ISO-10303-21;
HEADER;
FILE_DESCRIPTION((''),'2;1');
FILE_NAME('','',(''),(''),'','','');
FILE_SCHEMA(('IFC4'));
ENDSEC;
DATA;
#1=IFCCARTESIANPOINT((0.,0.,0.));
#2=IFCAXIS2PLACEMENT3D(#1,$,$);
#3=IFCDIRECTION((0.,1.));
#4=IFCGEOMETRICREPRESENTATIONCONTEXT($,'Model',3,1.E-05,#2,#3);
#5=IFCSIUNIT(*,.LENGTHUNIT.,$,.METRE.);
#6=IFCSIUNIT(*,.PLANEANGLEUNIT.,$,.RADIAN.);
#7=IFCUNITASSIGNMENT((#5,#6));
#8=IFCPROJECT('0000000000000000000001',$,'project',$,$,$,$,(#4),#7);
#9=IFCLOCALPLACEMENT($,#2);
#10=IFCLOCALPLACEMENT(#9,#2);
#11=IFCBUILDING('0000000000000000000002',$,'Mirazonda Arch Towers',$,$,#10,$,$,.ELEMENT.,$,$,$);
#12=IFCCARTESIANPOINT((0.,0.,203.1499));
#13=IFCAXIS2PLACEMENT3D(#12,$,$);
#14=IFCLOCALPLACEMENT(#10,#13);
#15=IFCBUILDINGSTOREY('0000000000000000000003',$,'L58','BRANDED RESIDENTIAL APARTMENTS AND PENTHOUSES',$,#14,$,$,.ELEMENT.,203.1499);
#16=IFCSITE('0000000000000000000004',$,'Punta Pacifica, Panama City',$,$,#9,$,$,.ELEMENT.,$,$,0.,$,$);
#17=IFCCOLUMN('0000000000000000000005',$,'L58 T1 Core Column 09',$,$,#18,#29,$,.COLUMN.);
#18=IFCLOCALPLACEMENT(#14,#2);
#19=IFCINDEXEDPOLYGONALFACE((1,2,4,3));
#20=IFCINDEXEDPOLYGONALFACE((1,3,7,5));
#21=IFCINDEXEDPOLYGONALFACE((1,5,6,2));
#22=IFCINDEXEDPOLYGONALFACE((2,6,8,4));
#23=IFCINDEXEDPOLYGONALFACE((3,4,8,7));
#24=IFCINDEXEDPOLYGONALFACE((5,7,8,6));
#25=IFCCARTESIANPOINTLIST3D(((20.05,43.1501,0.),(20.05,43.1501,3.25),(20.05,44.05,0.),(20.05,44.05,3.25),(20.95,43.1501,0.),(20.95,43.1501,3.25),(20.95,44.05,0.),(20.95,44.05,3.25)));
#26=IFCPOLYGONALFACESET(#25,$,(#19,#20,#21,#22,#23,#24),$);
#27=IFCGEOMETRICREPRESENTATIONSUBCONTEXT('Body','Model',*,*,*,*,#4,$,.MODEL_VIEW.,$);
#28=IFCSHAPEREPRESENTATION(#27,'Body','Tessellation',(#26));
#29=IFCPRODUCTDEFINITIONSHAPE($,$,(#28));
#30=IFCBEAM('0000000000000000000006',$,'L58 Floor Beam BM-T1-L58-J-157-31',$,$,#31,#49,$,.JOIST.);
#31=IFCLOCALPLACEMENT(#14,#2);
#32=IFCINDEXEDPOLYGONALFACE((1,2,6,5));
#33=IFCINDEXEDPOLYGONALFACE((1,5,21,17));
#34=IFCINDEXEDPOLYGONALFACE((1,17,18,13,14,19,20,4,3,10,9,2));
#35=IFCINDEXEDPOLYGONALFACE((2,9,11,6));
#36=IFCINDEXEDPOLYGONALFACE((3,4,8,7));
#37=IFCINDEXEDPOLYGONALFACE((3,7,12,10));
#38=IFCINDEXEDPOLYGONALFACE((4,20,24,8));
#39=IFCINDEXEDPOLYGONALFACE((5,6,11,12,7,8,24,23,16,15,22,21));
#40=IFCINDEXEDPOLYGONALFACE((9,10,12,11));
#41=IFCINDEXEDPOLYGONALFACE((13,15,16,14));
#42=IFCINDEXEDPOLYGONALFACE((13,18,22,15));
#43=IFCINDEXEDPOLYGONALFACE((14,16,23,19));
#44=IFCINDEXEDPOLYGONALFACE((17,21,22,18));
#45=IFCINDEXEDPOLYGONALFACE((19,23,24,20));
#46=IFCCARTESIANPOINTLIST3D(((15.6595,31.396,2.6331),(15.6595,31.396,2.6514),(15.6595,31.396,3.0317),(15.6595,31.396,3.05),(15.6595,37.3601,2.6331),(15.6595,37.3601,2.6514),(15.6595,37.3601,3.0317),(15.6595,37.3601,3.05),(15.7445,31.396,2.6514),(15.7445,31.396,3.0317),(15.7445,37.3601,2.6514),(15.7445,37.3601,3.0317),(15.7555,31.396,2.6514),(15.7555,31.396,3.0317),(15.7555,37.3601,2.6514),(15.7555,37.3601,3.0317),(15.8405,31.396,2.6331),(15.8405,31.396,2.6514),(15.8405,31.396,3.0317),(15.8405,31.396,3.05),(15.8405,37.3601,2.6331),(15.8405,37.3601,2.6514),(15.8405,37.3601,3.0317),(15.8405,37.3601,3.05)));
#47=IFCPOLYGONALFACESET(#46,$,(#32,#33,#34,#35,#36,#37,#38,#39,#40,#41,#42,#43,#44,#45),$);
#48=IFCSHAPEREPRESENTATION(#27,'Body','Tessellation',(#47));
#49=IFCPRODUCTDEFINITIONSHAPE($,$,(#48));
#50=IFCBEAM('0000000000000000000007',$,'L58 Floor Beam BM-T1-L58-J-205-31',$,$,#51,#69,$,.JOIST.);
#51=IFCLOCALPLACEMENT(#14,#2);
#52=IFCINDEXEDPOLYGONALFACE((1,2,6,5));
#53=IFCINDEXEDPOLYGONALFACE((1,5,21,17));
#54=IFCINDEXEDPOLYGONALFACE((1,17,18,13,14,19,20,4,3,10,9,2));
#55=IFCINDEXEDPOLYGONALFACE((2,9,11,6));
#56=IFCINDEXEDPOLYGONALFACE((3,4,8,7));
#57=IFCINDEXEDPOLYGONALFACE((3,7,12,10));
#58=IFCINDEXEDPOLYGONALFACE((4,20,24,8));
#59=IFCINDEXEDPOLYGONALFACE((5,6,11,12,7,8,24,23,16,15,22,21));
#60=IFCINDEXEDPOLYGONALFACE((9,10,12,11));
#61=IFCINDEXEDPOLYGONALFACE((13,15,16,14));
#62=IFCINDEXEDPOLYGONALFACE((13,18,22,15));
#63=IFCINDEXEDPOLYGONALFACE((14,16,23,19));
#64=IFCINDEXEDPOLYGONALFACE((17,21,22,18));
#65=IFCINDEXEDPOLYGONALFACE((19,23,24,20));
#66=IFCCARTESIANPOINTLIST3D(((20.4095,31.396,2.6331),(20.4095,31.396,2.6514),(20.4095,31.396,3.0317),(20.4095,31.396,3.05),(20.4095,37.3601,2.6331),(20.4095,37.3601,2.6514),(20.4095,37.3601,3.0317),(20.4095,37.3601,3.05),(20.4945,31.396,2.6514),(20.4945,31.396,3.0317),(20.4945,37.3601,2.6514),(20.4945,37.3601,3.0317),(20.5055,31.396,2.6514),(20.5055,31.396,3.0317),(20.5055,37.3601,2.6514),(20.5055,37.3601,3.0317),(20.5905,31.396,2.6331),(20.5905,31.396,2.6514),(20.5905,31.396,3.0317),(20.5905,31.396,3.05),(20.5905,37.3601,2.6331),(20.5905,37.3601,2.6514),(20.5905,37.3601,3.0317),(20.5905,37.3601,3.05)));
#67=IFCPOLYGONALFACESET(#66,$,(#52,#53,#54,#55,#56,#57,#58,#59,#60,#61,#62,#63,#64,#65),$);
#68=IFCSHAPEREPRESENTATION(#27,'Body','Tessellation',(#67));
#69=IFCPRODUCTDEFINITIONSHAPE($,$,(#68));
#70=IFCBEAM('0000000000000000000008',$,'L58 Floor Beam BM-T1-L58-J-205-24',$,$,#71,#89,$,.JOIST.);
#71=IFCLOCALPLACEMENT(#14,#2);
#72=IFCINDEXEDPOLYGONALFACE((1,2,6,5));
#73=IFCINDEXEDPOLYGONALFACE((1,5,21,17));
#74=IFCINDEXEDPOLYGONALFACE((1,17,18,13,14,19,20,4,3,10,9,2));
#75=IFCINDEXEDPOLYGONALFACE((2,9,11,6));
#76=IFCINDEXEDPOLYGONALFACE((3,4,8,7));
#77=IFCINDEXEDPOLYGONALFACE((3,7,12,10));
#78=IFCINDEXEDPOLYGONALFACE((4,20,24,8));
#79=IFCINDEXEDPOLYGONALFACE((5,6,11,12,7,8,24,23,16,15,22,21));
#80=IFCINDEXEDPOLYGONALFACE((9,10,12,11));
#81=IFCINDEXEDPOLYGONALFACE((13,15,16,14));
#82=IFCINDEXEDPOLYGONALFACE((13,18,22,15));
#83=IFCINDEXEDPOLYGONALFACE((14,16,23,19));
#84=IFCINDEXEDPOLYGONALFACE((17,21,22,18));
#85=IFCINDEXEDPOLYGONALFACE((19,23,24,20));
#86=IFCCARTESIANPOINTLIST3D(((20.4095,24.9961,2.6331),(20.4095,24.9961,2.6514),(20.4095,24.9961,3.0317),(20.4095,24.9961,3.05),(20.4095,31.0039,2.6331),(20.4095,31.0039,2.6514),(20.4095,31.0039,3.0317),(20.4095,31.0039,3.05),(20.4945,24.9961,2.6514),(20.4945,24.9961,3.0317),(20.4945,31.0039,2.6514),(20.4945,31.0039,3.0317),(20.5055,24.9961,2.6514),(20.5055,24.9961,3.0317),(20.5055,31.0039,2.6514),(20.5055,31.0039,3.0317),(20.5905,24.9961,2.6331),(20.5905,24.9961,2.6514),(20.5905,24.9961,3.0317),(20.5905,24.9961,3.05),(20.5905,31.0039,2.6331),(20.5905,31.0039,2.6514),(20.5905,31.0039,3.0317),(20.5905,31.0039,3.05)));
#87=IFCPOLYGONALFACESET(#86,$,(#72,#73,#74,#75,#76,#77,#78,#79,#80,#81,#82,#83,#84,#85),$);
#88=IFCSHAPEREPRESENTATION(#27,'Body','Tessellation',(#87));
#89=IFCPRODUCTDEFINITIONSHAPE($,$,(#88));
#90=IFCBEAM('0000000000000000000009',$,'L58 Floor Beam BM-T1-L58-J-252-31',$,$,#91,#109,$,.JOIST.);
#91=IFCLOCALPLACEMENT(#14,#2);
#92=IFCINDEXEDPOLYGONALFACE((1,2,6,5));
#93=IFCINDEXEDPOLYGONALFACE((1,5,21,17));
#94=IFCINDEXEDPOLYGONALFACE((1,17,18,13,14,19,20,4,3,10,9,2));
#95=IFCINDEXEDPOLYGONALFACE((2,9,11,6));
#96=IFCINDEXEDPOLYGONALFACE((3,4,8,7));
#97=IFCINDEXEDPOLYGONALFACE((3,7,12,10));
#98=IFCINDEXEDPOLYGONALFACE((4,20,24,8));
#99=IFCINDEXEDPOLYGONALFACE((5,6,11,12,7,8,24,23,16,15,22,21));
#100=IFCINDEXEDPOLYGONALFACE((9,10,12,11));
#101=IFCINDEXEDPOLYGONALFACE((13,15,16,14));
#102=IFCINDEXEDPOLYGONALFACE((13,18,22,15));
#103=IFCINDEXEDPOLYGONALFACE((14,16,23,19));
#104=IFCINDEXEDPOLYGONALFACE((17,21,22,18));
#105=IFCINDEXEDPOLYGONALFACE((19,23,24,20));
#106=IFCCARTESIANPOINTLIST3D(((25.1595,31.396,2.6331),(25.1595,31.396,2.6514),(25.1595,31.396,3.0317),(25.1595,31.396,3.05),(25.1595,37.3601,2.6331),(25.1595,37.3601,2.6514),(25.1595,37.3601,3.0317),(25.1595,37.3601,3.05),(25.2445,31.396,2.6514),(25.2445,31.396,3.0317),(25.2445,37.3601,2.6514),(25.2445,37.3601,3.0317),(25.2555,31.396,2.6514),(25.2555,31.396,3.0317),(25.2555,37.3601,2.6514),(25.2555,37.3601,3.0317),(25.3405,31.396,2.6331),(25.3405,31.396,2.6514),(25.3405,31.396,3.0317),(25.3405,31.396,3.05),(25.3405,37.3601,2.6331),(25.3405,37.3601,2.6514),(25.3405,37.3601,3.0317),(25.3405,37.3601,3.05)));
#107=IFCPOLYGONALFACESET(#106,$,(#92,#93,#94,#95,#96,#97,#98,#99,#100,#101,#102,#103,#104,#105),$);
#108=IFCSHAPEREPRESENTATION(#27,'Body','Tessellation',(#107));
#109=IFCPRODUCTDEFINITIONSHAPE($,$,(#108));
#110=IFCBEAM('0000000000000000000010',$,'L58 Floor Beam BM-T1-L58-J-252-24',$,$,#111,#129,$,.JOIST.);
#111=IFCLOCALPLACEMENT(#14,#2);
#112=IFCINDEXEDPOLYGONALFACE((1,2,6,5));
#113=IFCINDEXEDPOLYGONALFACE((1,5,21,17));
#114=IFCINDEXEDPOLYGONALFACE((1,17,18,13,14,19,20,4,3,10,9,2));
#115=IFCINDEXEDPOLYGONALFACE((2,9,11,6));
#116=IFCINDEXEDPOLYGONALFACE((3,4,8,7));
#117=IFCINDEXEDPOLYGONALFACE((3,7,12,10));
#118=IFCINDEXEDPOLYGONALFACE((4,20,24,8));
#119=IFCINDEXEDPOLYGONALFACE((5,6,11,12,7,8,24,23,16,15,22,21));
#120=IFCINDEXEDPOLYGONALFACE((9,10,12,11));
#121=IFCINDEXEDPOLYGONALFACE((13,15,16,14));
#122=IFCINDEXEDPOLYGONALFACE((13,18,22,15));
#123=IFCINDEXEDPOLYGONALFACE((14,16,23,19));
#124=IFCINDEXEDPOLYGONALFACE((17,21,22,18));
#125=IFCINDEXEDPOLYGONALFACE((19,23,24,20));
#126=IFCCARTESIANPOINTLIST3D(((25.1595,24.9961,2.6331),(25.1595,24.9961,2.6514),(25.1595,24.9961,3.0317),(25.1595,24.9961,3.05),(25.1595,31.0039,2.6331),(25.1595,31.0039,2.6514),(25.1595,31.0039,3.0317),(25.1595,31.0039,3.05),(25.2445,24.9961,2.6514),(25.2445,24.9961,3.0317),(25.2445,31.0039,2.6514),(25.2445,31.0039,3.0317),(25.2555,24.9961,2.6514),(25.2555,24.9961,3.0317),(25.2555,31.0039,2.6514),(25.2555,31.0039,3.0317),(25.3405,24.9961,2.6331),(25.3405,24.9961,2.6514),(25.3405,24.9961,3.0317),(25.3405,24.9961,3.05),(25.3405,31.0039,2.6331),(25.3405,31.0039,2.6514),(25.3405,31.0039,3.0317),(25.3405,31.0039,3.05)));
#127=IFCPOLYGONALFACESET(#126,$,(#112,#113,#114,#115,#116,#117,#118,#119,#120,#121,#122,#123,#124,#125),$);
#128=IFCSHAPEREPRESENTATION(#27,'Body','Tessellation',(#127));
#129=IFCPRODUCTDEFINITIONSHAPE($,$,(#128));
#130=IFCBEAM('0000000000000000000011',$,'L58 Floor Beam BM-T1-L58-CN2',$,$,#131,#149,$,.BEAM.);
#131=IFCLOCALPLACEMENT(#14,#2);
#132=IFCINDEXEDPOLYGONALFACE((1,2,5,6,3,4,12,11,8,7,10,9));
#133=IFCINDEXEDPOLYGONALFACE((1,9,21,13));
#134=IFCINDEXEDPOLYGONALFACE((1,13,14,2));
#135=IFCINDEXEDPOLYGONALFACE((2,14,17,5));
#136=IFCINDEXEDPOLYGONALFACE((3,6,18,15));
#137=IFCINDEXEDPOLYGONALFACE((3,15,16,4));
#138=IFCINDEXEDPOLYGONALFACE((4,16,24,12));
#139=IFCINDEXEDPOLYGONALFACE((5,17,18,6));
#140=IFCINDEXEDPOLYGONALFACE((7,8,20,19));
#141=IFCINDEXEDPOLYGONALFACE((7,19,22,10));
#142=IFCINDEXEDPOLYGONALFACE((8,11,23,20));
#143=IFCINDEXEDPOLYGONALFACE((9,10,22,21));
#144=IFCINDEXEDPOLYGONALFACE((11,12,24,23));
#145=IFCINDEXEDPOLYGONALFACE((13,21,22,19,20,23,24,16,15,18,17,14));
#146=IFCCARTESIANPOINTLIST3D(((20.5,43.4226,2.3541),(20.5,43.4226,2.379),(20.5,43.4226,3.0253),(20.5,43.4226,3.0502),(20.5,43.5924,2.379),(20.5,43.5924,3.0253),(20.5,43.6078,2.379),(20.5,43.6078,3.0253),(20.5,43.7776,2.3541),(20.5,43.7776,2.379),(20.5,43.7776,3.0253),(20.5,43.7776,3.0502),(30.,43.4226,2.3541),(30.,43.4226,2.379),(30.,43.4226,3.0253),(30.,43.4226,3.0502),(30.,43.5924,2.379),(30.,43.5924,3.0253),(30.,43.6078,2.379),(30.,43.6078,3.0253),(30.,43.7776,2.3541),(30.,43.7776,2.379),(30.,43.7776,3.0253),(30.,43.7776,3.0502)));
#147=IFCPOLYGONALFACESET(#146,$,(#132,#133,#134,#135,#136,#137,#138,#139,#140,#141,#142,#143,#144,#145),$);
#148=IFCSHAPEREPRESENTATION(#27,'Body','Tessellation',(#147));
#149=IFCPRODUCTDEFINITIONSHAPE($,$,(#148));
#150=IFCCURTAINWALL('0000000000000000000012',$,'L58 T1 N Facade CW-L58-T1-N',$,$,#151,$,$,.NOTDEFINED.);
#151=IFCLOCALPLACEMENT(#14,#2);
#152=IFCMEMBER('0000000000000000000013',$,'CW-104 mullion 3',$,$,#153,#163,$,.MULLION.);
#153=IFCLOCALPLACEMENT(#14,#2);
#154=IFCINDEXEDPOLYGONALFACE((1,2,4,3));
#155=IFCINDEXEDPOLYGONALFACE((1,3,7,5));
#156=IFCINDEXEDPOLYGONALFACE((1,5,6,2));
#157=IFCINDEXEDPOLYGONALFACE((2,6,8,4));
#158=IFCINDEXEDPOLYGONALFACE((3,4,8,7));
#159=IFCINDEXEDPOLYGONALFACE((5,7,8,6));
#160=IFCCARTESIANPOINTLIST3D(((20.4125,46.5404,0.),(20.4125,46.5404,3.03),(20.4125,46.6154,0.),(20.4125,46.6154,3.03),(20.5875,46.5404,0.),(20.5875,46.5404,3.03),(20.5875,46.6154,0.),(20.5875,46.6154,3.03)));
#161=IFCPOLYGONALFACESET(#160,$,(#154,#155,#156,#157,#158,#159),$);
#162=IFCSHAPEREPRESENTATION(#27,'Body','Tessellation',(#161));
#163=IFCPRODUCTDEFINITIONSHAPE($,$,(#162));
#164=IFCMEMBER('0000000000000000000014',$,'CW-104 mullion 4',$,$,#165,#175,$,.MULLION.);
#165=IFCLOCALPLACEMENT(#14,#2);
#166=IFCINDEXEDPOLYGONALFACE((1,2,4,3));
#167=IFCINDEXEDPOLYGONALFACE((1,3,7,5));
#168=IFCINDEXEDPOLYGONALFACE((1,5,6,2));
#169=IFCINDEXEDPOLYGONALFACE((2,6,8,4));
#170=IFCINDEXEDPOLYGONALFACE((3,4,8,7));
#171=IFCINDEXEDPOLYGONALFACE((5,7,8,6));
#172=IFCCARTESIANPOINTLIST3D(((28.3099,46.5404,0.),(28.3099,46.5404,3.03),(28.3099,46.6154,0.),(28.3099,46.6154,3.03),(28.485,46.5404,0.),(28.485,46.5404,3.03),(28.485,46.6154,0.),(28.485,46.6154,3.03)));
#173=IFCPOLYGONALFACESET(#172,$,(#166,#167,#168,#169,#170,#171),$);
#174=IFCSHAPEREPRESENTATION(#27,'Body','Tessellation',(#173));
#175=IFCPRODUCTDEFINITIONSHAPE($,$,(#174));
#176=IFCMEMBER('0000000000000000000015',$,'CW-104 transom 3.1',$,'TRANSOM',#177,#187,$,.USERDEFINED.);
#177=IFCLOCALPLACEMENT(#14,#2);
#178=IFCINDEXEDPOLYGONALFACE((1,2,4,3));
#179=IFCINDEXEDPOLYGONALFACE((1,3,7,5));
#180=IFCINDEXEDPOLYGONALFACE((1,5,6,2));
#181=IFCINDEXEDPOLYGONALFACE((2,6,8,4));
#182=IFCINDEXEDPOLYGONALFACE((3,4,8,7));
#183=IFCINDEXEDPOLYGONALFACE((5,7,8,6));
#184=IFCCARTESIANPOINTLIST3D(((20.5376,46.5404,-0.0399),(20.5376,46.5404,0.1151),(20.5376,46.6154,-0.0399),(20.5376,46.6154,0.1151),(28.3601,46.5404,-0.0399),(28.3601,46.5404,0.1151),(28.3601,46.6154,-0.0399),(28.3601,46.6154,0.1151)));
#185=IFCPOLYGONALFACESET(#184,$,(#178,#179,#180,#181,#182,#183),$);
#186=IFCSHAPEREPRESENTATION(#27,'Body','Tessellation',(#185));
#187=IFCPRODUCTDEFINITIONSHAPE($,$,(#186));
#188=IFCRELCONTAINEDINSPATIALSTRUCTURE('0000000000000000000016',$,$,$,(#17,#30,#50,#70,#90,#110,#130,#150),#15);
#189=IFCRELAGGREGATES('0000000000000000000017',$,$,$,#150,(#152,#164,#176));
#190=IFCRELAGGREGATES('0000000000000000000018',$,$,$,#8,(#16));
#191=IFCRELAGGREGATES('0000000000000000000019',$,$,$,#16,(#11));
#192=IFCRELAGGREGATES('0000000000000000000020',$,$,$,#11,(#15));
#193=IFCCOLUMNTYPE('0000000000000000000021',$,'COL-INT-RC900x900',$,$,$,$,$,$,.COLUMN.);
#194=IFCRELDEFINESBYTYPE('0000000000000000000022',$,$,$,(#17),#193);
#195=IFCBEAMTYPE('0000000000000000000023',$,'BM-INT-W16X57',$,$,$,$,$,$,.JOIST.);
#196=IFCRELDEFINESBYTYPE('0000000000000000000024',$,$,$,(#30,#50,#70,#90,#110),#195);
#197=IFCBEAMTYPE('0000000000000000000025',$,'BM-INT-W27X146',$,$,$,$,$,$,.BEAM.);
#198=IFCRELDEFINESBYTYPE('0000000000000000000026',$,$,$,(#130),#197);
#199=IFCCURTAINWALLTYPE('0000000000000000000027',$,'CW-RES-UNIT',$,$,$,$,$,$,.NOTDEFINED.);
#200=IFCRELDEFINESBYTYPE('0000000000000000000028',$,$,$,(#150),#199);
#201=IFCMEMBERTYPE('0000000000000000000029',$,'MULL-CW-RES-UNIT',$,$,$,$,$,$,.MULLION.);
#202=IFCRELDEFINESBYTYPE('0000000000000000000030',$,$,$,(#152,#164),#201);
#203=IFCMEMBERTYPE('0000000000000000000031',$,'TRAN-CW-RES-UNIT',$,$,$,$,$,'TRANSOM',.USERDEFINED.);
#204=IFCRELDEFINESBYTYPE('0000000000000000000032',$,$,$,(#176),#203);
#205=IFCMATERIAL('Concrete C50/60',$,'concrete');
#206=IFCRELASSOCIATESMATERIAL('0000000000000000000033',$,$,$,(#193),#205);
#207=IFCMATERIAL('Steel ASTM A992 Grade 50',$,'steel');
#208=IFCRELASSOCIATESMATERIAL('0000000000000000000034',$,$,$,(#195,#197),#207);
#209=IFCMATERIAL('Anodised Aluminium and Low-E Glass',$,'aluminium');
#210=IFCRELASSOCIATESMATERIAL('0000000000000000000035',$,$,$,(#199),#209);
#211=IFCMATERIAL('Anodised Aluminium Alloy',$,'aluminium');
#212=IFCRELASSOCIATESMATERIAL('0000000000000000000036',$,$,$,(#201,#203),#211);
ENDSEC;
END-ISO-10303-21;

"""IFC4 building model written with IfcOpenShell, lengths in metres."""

from ifc_helpers import new_model, si_unit, direction, frame, origin, origin_2d, place, context, subcontext, project, spatial, rectangle, i_section, extrude, material, material_profile, profile_set, type_object, element, aggregate, save


model = new_model("IFC4")

# Units and contexts
model_context = context("Model", 3, precision=1e-05, world=origin(), true_north=direction((0.0, 1.0)))
body_context = subcontext(model_context, "Body", "Model", "MODEL_VIEW")
ifc_project = project(units=[si_unit("LENGTHUNIT", "METRE"), si_unit("PLANEANGLEUNIT", "RADIAN")], contexts=[model_context])

# Site, building, storey
site_placement = place(None, origin())
site = spatial("IfcSite", under=ifc_project, at=site_placement, Name="Punta Pacifica, Panama City", CompositionType="ELEMENT", RefElevation=0.0)
building_placement = place(site_placement, origin())
building = spatial("IfcBuilding", under=site, at=building_placement, Name="Mirazonda Arch Towers", CompositionType="ELEMENT")
storey_placement = place(building_placement, frame((0.0, 0.0, 203.1499)))
storey = spatial("IfcBuildingStorey", under=building, at=storey_placement, Name="L58", Description="BRANDED RESIDENTIAL APARTMENTS AND PENTHOUSES", CompositionType="ELEMENT", Elevation=203.1499)

# Column
ifc_material_1 = material(Name="Concrete C50/60", Category="concrete")
ifc_material_profile_1 = material_profile(ifc_material_1, rectangle(XDim=0.8999, YDim=0.8999, at=origin_2d()), Name="RC900x900")
ifc_profile_set_1 = profile_set([ifc_material_profile_1], Name="Concrete C50/60")
column_type = type_object("IfcColumnType", Name="COL-INT-RC900x900", PredefinedType="COLUMN", material=ifc_profile_set_1)
column_placement = place(storey_placement, frame((20.5, 43.6001, 0.0), z_axis=(0.0, 0.0, 1.0), x_axis=(1.0, 0.0, 0.0)))
element("IfcColumn", 1, at=column_placement, inside=storey, type_object=column_type, Name="L58 T1 Core Column 09", PredefinedType="COLUMN", context=body_context, shape_type="SweptSolid", body=[
    extrude(rectangle(XDim=0.8999, YDim=0.8999, at=origin_2d()), origin(), (0.0, 0.0, 1.0), 3.25),
])

# Beams
ifc_material_2 = material(Name="Steel ASTM A992 Grade 50", Category="steel")
ifc_material_profile_2 = material_profile(ifc_material_2, i_section(OverallWidth=0.1809, OverallDepth=0.417, WebThickness=0.011, FlangeThickness=0.0183, at=origin_2d()), Name="W16X57")
ifc_profile_set_2 = profile_set([ifc_material_profile_2], Name="Steel ASTM A992 Grade 50")
beam_type_1 = type_object("IfcBeamType", Name="BM-INT-W16X57", PredefinedType="JOIST", material=ifc_profile_set_2)
for number, where, z_axis, x_axis, name in (
    (2, (15.75, 31.396, 2.8416), (0.0, 1.0, 0.0), (-1.0, 0.0, 0.0), "L58 Floor Beam BM-T1-L58-J-157-31"),
    (3, (20.5, 31.396, 2.8416), (0.0, 1.0, 0.0), (-1.0, 0.0, 0.0), "L58 Floor Beam BM-T1-L58-J-205-31"),
):
    element("IfcBeam", number, at=place(storey_placement, frame(where, z_axis=z_axis, x_axis=x_axis)), inside=storey, type_object=beam_type_1, Name=name, PredefinedType="JOIST", context=body_context, shape_type="SweptSolid", body=[
        extrude(i_section(OverallWidth=0.1809, OverallDepth=0.417, WebThickness=0.011, FlangeThickness=0.0183, at=origin_2d()), origin(), (0.0, 0.0, 1.0), 5.9641),
    ])
beam_1_placement = place(storey_placement, frame((20.5, 24.9961, 2.8416), z_axis=(0.0, 1.0, 0.0), x_axis=(-1.0, 0.0, 0.0)))
element("IfcBeam", 4, at=beam_1_placement, inside=storey, type_object=beam_type_1, Name="L58 Floor Beam BM-T1-L58-J-205-24", PredefinedType="JOIST", context=body_context, shape_type="SweptSolid", body=[
    extrude(i_section(OverallWidth=0.1809, OverallDepth=0.417, WebThickness=0.011, FlangeThickness=0.0183, at=origin_2d()), origin(), (0.0, 0.0, 1.0), 6.0078),
])
beam_2_placement = place(storey_placement, frame((25.25, 31.396, 2.8416), z_axis=(0.0, 1.0, 0.0), x_axis=(-1.0, 0.0, 0.0)))
element("IfcBeam", 5, at=beam_2_placement, inside=storey, type_object=beam_type_1, Name="L58 Floor Beam BM-T1-L58-J-252-31", PredefinedType="JOIST", context=body_context, shape_type="SweptSolid", body=[
    extrude(i_section(OverallWidth=0.1809, OverallDepth=0.417, WebThickness=0.011, FlangeThickness=0.0183, at=origin_2d()), origin(), (0.0, 0.0, 1.0), 5.9641),
])
beam_3_placement = place(storey_placement, frame((25.25, 24.9961, 2.8416), z_axis=(0.0, 1.0, 0.0), x_axis=(-1.0, 0.0, 0.0)))
element("IfcBeam", 6, at=beam_3_placement, inside=storey, type_object=beam_type_1, Name="L58 Floor Beam BM-T1-L58-J-252-24", PredefinedType="JOIST", context=body_context, shape_type="SweptSolid", body=[
    extrude(i_section(OverallWidth=0.1809, OverallDepth=0.417, WebThickness=0.011, FlangeThickness=0.0183, at=origin_2d()), origin(), (0.0, 0.0, 1.0), 6.0078),
])
ifc_material_profile_3 = material_profile(ifc_material_2, i_section(OverallWidth=0.355, OverallDepth=0.696, WebThickness=0.0154, FlangeThickness=0.0249, at=origin_2d()), Name="W27X146")
ifc_profile_set_3 = profile_set([ifc_material_profile_3], Name="Steel ASTM A992 Grade 50")
beam_type_2 = type_object("IfcBeamType", Name="BM-INT-W27X146", PredefinedType="BEAM", material=ifc_profile_set_3)
beam_4_placement = place(storey_placement, frame((20.5, 43.6001, 2.7021), z_axis=(1.0, 0.0, 0.0), x_axis=(0.0, 1.0, 0.0)))
element("IfcBeam", 7, at=beam_4_placement, inside=storey, type_object=beam_type_2, Name="L58 Floor Beam BM-T1-L58-CN2", PredefinedType="BEAM", context=body_context, shape_type="SweptSolid", body=[
    extrude(i_section(OverallWidth=0.355, OverallDepth=0.696, WebThickness=0.0154, FlangeThickness=0.0249, at=origin_2d()), origin(), (0.0, 0.0, 1.0), 9.5),
])

# Curtain wall, members
ifc_material_3 = material(Name="Anodised Aluminium and Low-E Glass", Category="aluminium")
curtain_wall_type = type_object("IfcCurtainWallType", Name="CW-RES-UNIT", PredefinedType="NOTDEFINED", material=ifc_material_3)
curtain_wall_placement = place(storey_placement, origin())
curtain_wall = element("IfcCurtainWall", 8, at=curtain_wall_placement, inside=storey, type_object=curtain_wall_type, Name="L58 T1 N Facade CW-L58-T1-N", PredefinedType="NOTDEFINED")
ifc_material_4 = material(Name="Anodised Aluminium Alloy", Category="aluminium")
ifc_material_profile_4 = material_profile(ifc_material_4, rectangle(XDim=0.075, YDim=0.175, at=origin_2d()), Name="ALU-MULL-75x175")
ifc_profile_set_4 = profile_set([ifc_material_profile_4], Name="Anodised Aluminium Alloy")
member_type_1 = type_object("IfcMemberType", Name="MULL-CW-RES-UNIT", PredefinedType="MULLION", material=ifc_profile_set_4)
member_1_placement = place(storey_placement, frame((20.5, 46.5779, 0.0), z_axis=(0.0, 0.0, 1.0), x_axis=(0.0, 1.0, 0.0)))
member_1 = element("IfcMember", 9, at=member_1_placement, type_object=member_type_1, Name="CW-104 mullion 3", PredefinedType="MULLION", context=body_context, shape_type="SweptSolid", body=[
    extrude(rectangle(XDim=0.075, YDim=0.175, at=origin_2d()), origin(), (0.0, 0.0, 1.0), 3.03),
])
member_2_placement = place(storey_placement, frame((28.3975, 46.5779, 0.0), z_axis=(0.0, 0.0, 1.0), x_axis=(0.0, 1.0, 0.0)))
member_2 = element("IfcMember", 10, at=member_2_placement, type_object=member_type_1, Name="CW-104 mullion 4", PredefinedType="MULLION", context=body_context, shape_type="SweptSolid", body=[
    extrude(rectangle(XDim=0.075, YDim=0.175, at=origin_2d()), origin(), (0.0, 0.0, 1.0), 3.03),
])
ifc_material_profile_5 = material_profile(ifc_material_4, rectangle(XDim=0.075, YDim=0.155, at=origin_2d()), Name="ALU-TRAN-75x155")
ifc_profile_set_5 = profile_set([ifc_material_profile_5], Name="Anodised Aluminium Alloy")
member_type_2 = type_object("IfcMemberType", Name="TRAN-CW-RES-UNIT", ElementType="TRANSOM", PredefinedType="USERDEFINED", material=ifc_profile_set_5)
member_3_placement = place(storey_placement, frame((20.5376, 46.5779, 0.0376), z_axis=(1.0, 0.0, 0.0), x_axis=(0.0, 1.0, 0.0)))
member_3 = element("IfcMember", 11, at=member_3_placement, type_object=member_type_2, Name="CW-104 transom 3.1", ObjectType="TRANSOM", PredefinedType="USERDEFINED", context=body_context, shape_type="SweptSolid", body=[
    extrude(rectangle(XDim=0.075, YDim=0.155, at=origin_2d()), origin(), (0.0, 0.0, 1.0), 7.8225),
])
aggregate(curtain_wall, [member_1, member_2, member_3])

save(model, "model.ifc")
